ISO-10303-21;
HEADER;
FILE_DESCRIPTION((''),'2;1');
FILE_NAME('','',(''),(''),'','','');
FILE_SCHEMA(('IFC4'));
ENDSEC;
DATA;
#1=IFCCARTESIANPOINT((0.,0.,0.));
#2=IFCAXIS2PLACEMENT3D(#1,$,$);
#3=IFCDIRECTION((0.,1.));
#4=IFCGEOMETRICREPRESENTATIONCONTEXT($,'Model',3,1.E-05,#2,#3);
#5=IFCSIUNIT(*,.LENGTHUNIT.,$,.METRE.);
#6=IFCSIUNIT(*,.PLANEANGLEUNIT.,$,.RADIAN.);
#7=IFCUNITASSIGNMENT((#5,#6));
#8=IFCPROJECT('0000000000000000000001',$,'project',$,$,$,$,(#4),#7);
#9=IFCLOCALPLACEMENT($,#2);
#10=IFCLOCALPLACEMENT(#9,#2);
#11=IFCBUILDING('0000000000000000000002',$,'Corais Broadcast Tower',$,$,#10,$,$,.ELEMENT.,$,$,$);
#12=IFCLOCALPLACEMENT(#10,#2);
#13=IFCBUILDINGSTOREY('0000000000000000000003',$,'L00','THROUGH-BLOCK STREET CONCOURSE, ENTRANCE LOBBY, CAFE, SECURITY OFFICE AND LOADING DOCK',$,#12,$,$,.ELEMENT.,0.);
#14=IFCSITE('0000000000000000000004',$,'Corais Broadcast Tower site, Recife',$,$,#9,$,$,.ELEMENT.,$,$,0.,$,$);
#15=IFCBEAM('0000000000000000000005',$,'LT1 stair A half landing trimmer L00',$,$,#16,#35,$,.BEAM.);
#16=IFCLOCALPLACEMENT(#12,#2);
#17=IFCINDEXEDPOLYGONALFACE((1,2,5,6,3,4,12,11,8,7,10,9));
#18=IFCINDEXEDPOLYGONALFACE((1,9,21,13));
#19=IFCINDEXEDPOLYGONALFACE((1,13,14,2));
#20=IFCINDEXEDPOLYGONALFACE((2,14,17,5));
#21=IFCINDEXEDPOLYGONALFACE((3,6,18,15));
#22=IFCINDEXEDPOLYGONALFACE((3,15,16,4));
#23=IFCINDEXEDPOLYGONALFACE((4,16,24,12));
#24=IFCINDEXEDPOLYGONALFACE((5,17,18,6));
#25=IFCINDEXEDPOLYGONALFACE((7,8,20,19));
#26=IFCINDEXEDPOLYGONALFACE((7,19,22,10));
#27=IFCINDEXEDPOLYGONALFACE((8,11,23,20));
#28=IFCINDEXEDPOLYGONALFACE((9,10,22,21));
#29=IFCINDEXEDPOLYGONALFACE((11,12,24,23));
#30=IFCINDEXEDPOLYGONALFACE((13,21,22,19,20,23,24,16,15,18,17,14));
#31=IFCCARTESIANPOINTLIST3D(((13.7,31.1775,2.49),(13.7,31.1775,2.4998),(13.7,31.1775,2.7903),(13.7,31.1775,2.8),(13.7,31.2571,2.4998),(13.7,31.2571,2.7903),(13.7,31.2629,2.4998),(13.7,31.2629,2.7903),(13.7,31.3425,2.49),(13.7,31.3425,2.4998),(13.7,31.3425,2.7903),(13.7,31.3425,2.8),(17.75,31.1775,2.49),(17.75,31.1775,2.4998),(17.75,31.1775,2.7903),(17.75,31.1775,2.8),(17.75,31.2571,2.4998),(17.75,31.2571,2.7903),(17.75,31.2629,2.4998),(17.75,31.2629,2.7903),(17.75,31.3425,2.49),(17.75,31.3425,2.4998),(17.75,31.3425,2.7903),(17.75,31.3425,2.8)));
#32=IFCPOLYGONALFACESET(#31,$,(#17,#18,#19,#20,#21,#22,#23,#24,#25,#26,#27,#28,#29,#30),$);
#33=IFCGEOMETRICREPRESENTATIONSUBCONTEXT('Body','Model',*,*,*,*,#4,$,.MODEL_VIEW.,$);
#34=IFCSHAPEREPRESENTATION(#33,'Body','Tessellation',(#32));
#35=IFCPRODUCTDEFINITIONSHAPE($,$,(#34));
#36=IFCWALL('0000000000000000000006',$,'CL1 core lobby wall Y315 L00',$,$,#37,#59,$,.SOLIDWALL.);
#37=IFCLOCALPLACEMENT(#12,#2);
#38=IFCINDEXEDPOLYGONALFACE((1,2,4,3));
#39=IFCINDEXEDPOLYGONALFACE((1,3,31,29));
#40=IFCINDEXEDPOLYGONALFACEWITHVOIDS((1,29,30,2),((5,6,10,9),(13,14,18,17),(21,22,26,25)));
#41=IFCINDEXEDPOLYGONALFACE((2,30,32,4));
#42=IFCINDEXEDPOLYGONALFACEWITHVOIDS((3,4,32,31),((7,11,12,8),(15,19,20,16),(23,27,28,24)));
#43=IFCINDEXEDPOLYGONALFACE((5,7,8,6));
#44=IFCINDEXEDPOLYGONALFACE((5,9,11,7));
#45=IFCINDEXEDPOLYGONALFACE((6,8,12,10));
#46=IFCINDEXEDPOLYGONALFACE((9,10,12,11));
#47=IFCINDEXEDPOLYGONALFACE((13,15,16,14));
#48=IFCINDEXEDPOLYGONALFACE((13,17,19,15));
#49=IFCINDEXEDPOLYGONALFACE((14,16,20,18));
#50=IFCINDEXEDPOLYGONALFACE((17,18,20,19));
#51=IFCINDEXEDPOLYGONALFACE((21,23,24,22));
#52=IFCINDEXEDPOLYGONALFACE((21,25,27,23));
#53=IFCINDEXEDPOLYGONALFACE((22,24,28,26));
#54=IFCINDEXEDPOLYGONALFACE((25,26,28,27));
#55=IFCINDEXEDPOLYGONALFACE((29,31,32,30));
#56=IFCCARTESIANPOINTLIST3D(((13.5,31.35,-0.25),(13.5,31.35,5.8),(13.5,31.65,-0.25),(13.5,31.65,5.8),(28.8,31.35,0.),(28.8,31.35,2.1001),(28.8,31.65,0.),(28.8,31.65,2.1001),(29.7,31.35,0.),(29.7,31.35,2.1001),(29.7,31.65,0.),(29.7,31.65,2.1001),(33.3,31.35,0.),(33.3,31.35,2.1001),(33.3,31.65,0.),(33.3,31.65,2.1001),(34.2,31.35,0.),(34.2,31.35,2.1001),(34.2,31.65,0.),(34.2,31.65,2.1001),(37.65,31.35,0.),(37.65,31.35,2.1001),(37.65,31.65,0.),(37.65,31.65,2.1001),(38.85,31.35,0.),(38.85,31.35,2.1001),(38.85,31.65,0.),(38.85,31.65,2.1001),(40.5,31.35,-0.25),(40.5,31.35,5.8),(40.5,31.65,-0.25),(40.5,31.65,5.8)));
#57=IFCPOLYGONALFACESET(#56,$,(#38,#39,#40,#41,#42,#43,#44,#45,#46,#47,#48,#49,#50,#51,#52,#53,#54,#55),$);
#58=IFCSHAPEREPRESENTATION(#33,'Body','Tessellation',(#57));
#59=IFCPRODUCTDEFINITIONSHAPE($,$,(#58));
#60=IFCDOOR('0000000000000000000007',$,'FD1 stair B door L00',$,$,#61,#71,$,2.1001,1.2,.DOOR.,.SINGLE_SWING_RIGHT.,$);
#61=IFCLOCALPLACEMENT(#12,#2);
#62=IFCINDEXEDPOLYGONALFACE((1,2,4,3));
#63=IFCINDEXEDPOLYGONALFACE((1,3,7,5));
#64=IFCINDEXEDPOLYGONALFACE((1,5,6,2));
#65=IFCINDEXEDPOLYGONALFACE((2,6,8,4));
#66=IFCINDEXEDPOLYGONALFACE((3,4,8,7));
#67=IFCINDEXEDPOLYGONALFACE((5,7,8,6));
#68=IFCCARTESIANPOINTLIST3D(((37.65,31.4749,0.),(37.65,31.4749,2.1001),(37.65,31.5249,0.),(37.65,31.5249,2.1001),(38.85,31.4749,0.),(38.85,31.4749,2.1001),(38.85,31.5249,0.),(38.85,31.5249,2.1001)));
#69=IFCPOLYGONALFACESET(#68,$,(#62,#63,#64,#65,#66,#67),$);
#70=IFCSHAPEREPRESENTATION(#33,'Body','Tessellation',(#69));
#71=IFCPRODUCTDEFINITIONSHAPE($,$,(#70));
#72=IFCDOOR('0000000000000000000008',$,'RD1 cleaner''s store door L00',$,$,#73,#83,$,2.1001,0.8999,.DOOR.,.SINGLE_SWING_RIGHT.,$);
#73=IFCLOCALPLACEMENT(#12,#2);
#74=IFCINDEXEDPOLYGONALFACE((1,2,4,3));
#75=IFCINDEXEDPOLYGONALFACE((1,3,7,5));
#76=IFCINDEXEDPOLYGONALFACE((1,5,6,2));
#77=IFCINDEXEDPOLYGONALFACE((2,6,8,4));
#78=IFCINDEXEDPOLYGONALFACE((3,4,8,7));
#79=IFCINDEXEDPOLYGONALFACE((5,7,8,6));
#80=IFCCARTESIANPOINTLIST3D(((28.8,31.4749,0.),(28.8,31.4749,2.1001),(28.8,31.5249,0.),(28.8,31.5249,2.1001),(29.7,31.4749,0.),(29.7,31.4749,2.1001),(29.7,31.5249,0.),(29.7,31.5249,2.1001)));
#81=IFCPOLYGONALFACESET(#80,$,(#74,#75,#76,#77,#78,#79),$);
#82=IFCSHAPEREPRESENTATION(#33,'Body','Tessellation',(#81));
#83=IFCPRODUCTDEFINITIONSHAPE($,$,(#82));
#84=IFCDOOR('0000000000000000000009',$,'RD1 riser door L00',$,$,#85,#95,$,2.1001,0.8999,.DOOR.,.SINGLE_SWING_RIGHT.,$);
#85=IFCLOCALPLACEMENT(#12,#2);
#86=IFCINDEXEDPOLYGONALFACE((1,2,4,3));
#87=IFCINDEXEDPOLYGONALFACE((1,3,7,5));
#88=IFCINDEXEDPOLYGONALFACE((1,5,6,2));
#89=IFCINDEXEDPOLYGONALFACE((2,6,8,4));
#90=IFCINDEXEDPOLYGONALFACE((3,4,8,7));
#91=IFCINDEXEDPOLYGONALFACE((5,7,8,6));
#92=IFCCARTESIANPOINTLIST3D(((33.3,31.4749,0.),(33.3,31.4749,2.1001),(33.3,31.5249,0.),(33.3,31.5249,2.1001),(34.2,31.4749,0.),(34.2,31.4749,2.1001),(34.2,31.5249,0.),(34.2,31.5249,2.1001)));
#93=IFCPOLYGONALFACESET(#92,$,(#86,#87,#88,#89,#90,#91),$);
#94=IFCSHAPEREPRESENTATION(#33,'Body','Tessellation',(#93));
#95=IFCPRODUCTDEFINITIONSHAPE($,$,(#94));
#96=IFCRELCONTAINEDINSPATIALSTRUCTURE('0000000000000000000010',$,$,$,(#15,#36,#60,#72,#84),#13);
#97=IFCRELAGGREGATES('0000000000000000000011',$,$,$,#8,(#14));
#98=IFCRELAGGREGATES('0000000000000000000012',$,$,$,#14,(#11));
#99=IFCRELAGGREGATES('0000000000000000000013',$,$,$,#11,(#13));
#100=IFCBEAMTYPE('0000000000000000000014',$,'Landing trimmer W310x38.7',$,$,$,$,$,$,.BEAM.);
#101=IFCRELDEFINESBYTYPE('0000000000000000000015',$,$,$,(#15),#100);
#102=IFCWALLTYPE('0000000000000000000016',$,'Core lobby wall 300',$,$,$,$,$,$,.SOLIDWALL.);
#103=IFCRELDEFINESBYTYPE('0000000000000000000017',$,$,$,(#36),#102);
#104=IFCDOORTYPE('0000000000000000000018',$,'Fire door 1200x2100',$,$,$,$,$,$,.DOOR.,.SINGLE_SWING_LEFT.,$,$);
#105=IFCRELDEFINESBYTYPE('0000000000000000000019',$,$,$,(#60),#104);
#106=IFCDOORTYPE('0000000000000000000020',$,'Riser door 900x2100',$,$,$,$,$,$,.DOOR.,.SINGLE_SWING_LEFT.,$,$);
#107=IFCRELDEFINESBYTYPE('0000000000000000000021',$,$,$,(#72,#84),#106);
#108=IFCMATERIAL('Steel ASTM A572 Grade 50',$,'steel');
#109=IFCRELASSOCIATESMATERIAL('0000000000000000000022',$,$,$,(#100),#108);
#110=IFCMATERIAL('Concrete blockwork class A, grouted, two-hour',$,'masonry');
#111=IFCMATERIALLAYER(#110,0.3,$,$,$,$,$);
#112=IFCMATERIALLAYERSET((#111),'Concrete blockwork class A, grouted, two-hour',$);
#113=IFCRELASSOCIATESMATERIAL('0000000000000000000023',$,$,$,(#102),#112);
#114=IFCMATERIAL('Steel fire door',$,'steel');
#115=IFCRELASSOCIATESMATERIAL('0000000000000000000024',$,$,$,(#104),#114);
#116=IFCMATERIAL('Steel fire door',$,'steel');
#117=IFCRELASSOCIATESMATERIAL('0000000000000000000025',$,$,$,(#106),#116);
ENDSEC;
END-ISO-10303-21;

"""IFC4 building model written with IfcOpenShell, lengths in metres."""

from ifc_helpers import new_model, si_unit, direction, frame, frame_2d, origin, origin_2d, place, context, subcontext, project, spatial, rectangle, i_section, extrude, material, layer, layer_set, material_profile, profile_set, type_object, element, fill, save


model = new_model("IFC4")

# Units and contexts
model_context = context("Model", 3, precision=1e-05, world=origin(), true_north=direction((0.0, 1.0)))
body_context = subcontext(model_context, "Body", "Model", "MODEL_VIEW")
ifc_project = project(units=[si_unit("LENGTHUNIT", "METRE"), si_unit("PLANEANGLEUNIT", "RADIAN")], contexts=[model_context])

# Site, building, storey
site_placement = place(None, origin())
site = spatial("IfcSite", under=ifc_project, at=site_placement, Name="Corais Broadcast Tower site, Recife", CompositionType="ELEMENT", RefElevation=0.0)
building_placement = place(site_placement, origin())
building = spatial("IfcBuilding", under=site, at=building_placement, Name="Corais Broadcast Tower", CompositionType="ELEMENT")
storey_placement = place(building_placement, origin())
storey = spatial("IfcBuildingStorey", under=building, at=storey_placement, Name="L00", Description="THROUGH-BLOCK STREET CONCOURSE, ENTRANCE LOBBY, CAFE, SECURITY OFFICE AND LOADING DOCK", CompositionType="ELEMENT", Elevation=0.0)

# Beam
ifc_material_1 = material(Name="Steel ASTM A572 Grade 50", Category="steel")
ifc_material_profile = material_profile(ifc_material_1, i_section(OverallWidth=0.165, OverallDepth=0.3101, WebThickness=0.0059, FlangeThickness=0.0098, at=origin_2d()), Name="W310x38.7")
ifc_profile_set = profile_set([ifc_material_profile], Name="Steel ASTM A572 Grade 50")
beam_type = type_object("IfcBeamType", Name="Landing trimmer W310x38.7", PredefinedType="BEAM", material=ifc_profile_set)
beam_placement = place(storey_placement, frame((13.7, 31.26, 2.645), z_axis=(1.0, 0.0, 0.0), x_axis=(0.0, 1.0, 0.0)))
element("IfcBeam", 1, at=beam_placement, inside=storey, type_object=beam_type, Name="LT1 stair A half landing trimmer L00", PredefinedType="BEAM", context=body_context, shape_type="SweptSolid", body=[
    extrude(i_section(OverallWidth=0.165, OverallDepth=0.3101, WebThickness=0.0059, FlangeThickness=0.0098, at=origin_2d()), origin(), (0.0, 0.0, 1.0), 4.05),
])

# Wall, openings, doors
ifc_material_2 = material(Name="Concrete blockwork class A, grouted, two-hour", Category="masonry")
ifc_layer_1 = layer(ifc_material_2, 0.3)
ifc_layer_set_1 = layer_set([ifc_layer_1], Name="Concrete blockwork class A, grouted, two-hour")
wall_type_1 = type_object("IfcWallType", Name="Core lobby wall 300", PredefinedType="SOLIDWALL", material=ifc_layer_set_1)
wall_1_placement = place(storey_placement, frame((13.5, 31.5, -0.25), z_axis=(0.0, 0.0, 1.0), x_axis=(1.0, 0.0, 0.0)))
wall_1 = element("IfcWall", 2, at=wall_1_placement, inside=storey, type_object=wall_type_1, Name="CL1 core lobby wall Y315 L00", PredefinedType="SOLIDWALL", context=body_context, shape_type="SweptSolid", body=[
    extrude(rectangle(XDim=27.0, YDim=0.3, at=frame_2d((13.5, 0.0))), origin(), (0.0, 0.0, 1.0), 6.05),
])
opening_1_placement = place(wall_1_placement, frame((24.1499, 0.0, 0.25)))
opening_1 = element("IfcOpeningElement", 3, at=opening_1_placement, cuts=wall_1, PredefinedType="OPENING", context=body_context, shape_type="SweptSolid", body=[
    extrude(rectangle(XDim=1.2, YDim=2.1001, at=frame_2d((0.6001, 1.05))), frame((0.0, 0.1599, 0.0), z_axis=(0.0, -1.0, 0.0), x_axis=(1.0, 0.0, 0.0)), (0.0, 0.0, 1.0), 0.3201),
])
opening_2_placement = place(wall_1_placement, frame((15.3, 0.0, 0.25)))
opening_2 = element("IfcOpeningElement", 4, at=opening_2_placement, cuts=wall_1, PredefinedType="OPENING", context=body_context, shape_type="SweptSolid", body=[
    extrude(rectangle(XDim=0.8999, YDim=2.1001, at=frame_2d((0.45, 1.05))), frame((0.0, 0.1599, 0.0), z_axis=(0.0, -1.0, 0.0), x_axis=(1.0, 0.0, 0.0)), (0.0, 0.0, 1.0), 0.3201),
])
opening_3_placement = place(wall_1_placement, frame((19.8, 0.0, 0.25)))
opening_3 = element("IfcOpeningElement", 5, at=opening_3_placement, cuts=wall_1, PredefinedType="OPENING", context=body_context, shape_type="SweptSolid", body=[
    extrude(rectangle(XDim=0.8999, YDim=2.1001, at=frame_2d((0.45, 1.05))), frame((0.0, 0.1599, 0.0), z_axis=(0.0, -1.0, 0.0), x_axis=(1.0, 0.0, 0.0)), (0.0, 0.0, 1.0), 0.3201),
])
ifc_material_3 = material(Name="Steel fire door", Category="steel")
door_type_1 = type_object("IfcDoorType", Name="Fire door 1200x2100", OperationType="SINGLE_SWING_LEFT", PredefinedType="DOOR", material=ifc_material_3)
door_1_placement = place(opening_1_placement, origin())
door_1 = element("IfcDoor", 6, at=door_1_placement, inside=storey, type_object=door_type_1, Name="FD1 stair B door L00", OperationType="SINGLE_SWING_RIGHT", OverallHeight=2.1001, OverallWidth=1.2, PredefinedType="DOOR", context=body_context, shape_type="SweptSolid", body=[
    extrude(rectangle(XDim=1.2, YDim=2.1001, at=frame_2d((0.6001, 1.05))), frame((0.0, 0.0249, 0.0), z_axis=(0.0, -1.0, 0.0), x_axis=(1.0, 0.0, 0.0)), (0.0, 0.0, 1.0), 0.05),
])
fill(opening_1, door_1)
ifc_material_4 = material(Name="Steel fire door", Category="steel")
door_type_2 = type_object("IfcDoorType", Name="Riser door 900x2100", OperationType="SINGLE_SWING_LEFT", PredefinedType="DOOR", material=ifc_material_4)
door_2_placement = place(opening_2_placement, origin())
door_2 = element("IfcDoor", 7, at=door_2_placement, inside=storey, type_object=door_type_2, Name="RD1 cleaner's store door L00", OperationType="SINGLE_SWING_RIGHT", OverallHeight=2.1001, OverallWidth=0.8999, PredefinedType="DOOR", context=body_context, shape_type="SweptSolid", body=[
    extrude(rectangle(XDim=0.8999, YDim=2.1001, at=frame_2d((0.45, 1.05))), frame((0.0, 0.0249, 0.0), z_axis=(0.0, -1.0, 0.0), x_axis=(1.0, 0.0, 0.0)), (0.0, 0.0, 1.0), 0.05),
])
fill(opening_2, door_2)
door_3_placement = place(opening_3_placement, origin())
door_3 = element("IfcDoor", 8, at=door_3_placement, inside=storey, type_object=door_type_2, Name="RD1 riser door L00", OperationType="SINGLE_SWING_RIGHT", OverallHeight=2.1001, OverallWidth=0.8999, PredefinedType="DOOR", context=body_context, shape_type="SweptSolid", body=[
    extrude(rectangle(XDim=0.8999, YDim=2.1001, at=frame_2d((0.45, 1.05))), frame((0.0, 0.0249, 0.0), z_axis=(0.0, -1.0, 0.0), x_axis=(1.0, 0.0, 0.0)), (0.0, 0.0, 1.0), 0.05),
])
fill(opening_3, door_3)

save(model, "model.ifc")
